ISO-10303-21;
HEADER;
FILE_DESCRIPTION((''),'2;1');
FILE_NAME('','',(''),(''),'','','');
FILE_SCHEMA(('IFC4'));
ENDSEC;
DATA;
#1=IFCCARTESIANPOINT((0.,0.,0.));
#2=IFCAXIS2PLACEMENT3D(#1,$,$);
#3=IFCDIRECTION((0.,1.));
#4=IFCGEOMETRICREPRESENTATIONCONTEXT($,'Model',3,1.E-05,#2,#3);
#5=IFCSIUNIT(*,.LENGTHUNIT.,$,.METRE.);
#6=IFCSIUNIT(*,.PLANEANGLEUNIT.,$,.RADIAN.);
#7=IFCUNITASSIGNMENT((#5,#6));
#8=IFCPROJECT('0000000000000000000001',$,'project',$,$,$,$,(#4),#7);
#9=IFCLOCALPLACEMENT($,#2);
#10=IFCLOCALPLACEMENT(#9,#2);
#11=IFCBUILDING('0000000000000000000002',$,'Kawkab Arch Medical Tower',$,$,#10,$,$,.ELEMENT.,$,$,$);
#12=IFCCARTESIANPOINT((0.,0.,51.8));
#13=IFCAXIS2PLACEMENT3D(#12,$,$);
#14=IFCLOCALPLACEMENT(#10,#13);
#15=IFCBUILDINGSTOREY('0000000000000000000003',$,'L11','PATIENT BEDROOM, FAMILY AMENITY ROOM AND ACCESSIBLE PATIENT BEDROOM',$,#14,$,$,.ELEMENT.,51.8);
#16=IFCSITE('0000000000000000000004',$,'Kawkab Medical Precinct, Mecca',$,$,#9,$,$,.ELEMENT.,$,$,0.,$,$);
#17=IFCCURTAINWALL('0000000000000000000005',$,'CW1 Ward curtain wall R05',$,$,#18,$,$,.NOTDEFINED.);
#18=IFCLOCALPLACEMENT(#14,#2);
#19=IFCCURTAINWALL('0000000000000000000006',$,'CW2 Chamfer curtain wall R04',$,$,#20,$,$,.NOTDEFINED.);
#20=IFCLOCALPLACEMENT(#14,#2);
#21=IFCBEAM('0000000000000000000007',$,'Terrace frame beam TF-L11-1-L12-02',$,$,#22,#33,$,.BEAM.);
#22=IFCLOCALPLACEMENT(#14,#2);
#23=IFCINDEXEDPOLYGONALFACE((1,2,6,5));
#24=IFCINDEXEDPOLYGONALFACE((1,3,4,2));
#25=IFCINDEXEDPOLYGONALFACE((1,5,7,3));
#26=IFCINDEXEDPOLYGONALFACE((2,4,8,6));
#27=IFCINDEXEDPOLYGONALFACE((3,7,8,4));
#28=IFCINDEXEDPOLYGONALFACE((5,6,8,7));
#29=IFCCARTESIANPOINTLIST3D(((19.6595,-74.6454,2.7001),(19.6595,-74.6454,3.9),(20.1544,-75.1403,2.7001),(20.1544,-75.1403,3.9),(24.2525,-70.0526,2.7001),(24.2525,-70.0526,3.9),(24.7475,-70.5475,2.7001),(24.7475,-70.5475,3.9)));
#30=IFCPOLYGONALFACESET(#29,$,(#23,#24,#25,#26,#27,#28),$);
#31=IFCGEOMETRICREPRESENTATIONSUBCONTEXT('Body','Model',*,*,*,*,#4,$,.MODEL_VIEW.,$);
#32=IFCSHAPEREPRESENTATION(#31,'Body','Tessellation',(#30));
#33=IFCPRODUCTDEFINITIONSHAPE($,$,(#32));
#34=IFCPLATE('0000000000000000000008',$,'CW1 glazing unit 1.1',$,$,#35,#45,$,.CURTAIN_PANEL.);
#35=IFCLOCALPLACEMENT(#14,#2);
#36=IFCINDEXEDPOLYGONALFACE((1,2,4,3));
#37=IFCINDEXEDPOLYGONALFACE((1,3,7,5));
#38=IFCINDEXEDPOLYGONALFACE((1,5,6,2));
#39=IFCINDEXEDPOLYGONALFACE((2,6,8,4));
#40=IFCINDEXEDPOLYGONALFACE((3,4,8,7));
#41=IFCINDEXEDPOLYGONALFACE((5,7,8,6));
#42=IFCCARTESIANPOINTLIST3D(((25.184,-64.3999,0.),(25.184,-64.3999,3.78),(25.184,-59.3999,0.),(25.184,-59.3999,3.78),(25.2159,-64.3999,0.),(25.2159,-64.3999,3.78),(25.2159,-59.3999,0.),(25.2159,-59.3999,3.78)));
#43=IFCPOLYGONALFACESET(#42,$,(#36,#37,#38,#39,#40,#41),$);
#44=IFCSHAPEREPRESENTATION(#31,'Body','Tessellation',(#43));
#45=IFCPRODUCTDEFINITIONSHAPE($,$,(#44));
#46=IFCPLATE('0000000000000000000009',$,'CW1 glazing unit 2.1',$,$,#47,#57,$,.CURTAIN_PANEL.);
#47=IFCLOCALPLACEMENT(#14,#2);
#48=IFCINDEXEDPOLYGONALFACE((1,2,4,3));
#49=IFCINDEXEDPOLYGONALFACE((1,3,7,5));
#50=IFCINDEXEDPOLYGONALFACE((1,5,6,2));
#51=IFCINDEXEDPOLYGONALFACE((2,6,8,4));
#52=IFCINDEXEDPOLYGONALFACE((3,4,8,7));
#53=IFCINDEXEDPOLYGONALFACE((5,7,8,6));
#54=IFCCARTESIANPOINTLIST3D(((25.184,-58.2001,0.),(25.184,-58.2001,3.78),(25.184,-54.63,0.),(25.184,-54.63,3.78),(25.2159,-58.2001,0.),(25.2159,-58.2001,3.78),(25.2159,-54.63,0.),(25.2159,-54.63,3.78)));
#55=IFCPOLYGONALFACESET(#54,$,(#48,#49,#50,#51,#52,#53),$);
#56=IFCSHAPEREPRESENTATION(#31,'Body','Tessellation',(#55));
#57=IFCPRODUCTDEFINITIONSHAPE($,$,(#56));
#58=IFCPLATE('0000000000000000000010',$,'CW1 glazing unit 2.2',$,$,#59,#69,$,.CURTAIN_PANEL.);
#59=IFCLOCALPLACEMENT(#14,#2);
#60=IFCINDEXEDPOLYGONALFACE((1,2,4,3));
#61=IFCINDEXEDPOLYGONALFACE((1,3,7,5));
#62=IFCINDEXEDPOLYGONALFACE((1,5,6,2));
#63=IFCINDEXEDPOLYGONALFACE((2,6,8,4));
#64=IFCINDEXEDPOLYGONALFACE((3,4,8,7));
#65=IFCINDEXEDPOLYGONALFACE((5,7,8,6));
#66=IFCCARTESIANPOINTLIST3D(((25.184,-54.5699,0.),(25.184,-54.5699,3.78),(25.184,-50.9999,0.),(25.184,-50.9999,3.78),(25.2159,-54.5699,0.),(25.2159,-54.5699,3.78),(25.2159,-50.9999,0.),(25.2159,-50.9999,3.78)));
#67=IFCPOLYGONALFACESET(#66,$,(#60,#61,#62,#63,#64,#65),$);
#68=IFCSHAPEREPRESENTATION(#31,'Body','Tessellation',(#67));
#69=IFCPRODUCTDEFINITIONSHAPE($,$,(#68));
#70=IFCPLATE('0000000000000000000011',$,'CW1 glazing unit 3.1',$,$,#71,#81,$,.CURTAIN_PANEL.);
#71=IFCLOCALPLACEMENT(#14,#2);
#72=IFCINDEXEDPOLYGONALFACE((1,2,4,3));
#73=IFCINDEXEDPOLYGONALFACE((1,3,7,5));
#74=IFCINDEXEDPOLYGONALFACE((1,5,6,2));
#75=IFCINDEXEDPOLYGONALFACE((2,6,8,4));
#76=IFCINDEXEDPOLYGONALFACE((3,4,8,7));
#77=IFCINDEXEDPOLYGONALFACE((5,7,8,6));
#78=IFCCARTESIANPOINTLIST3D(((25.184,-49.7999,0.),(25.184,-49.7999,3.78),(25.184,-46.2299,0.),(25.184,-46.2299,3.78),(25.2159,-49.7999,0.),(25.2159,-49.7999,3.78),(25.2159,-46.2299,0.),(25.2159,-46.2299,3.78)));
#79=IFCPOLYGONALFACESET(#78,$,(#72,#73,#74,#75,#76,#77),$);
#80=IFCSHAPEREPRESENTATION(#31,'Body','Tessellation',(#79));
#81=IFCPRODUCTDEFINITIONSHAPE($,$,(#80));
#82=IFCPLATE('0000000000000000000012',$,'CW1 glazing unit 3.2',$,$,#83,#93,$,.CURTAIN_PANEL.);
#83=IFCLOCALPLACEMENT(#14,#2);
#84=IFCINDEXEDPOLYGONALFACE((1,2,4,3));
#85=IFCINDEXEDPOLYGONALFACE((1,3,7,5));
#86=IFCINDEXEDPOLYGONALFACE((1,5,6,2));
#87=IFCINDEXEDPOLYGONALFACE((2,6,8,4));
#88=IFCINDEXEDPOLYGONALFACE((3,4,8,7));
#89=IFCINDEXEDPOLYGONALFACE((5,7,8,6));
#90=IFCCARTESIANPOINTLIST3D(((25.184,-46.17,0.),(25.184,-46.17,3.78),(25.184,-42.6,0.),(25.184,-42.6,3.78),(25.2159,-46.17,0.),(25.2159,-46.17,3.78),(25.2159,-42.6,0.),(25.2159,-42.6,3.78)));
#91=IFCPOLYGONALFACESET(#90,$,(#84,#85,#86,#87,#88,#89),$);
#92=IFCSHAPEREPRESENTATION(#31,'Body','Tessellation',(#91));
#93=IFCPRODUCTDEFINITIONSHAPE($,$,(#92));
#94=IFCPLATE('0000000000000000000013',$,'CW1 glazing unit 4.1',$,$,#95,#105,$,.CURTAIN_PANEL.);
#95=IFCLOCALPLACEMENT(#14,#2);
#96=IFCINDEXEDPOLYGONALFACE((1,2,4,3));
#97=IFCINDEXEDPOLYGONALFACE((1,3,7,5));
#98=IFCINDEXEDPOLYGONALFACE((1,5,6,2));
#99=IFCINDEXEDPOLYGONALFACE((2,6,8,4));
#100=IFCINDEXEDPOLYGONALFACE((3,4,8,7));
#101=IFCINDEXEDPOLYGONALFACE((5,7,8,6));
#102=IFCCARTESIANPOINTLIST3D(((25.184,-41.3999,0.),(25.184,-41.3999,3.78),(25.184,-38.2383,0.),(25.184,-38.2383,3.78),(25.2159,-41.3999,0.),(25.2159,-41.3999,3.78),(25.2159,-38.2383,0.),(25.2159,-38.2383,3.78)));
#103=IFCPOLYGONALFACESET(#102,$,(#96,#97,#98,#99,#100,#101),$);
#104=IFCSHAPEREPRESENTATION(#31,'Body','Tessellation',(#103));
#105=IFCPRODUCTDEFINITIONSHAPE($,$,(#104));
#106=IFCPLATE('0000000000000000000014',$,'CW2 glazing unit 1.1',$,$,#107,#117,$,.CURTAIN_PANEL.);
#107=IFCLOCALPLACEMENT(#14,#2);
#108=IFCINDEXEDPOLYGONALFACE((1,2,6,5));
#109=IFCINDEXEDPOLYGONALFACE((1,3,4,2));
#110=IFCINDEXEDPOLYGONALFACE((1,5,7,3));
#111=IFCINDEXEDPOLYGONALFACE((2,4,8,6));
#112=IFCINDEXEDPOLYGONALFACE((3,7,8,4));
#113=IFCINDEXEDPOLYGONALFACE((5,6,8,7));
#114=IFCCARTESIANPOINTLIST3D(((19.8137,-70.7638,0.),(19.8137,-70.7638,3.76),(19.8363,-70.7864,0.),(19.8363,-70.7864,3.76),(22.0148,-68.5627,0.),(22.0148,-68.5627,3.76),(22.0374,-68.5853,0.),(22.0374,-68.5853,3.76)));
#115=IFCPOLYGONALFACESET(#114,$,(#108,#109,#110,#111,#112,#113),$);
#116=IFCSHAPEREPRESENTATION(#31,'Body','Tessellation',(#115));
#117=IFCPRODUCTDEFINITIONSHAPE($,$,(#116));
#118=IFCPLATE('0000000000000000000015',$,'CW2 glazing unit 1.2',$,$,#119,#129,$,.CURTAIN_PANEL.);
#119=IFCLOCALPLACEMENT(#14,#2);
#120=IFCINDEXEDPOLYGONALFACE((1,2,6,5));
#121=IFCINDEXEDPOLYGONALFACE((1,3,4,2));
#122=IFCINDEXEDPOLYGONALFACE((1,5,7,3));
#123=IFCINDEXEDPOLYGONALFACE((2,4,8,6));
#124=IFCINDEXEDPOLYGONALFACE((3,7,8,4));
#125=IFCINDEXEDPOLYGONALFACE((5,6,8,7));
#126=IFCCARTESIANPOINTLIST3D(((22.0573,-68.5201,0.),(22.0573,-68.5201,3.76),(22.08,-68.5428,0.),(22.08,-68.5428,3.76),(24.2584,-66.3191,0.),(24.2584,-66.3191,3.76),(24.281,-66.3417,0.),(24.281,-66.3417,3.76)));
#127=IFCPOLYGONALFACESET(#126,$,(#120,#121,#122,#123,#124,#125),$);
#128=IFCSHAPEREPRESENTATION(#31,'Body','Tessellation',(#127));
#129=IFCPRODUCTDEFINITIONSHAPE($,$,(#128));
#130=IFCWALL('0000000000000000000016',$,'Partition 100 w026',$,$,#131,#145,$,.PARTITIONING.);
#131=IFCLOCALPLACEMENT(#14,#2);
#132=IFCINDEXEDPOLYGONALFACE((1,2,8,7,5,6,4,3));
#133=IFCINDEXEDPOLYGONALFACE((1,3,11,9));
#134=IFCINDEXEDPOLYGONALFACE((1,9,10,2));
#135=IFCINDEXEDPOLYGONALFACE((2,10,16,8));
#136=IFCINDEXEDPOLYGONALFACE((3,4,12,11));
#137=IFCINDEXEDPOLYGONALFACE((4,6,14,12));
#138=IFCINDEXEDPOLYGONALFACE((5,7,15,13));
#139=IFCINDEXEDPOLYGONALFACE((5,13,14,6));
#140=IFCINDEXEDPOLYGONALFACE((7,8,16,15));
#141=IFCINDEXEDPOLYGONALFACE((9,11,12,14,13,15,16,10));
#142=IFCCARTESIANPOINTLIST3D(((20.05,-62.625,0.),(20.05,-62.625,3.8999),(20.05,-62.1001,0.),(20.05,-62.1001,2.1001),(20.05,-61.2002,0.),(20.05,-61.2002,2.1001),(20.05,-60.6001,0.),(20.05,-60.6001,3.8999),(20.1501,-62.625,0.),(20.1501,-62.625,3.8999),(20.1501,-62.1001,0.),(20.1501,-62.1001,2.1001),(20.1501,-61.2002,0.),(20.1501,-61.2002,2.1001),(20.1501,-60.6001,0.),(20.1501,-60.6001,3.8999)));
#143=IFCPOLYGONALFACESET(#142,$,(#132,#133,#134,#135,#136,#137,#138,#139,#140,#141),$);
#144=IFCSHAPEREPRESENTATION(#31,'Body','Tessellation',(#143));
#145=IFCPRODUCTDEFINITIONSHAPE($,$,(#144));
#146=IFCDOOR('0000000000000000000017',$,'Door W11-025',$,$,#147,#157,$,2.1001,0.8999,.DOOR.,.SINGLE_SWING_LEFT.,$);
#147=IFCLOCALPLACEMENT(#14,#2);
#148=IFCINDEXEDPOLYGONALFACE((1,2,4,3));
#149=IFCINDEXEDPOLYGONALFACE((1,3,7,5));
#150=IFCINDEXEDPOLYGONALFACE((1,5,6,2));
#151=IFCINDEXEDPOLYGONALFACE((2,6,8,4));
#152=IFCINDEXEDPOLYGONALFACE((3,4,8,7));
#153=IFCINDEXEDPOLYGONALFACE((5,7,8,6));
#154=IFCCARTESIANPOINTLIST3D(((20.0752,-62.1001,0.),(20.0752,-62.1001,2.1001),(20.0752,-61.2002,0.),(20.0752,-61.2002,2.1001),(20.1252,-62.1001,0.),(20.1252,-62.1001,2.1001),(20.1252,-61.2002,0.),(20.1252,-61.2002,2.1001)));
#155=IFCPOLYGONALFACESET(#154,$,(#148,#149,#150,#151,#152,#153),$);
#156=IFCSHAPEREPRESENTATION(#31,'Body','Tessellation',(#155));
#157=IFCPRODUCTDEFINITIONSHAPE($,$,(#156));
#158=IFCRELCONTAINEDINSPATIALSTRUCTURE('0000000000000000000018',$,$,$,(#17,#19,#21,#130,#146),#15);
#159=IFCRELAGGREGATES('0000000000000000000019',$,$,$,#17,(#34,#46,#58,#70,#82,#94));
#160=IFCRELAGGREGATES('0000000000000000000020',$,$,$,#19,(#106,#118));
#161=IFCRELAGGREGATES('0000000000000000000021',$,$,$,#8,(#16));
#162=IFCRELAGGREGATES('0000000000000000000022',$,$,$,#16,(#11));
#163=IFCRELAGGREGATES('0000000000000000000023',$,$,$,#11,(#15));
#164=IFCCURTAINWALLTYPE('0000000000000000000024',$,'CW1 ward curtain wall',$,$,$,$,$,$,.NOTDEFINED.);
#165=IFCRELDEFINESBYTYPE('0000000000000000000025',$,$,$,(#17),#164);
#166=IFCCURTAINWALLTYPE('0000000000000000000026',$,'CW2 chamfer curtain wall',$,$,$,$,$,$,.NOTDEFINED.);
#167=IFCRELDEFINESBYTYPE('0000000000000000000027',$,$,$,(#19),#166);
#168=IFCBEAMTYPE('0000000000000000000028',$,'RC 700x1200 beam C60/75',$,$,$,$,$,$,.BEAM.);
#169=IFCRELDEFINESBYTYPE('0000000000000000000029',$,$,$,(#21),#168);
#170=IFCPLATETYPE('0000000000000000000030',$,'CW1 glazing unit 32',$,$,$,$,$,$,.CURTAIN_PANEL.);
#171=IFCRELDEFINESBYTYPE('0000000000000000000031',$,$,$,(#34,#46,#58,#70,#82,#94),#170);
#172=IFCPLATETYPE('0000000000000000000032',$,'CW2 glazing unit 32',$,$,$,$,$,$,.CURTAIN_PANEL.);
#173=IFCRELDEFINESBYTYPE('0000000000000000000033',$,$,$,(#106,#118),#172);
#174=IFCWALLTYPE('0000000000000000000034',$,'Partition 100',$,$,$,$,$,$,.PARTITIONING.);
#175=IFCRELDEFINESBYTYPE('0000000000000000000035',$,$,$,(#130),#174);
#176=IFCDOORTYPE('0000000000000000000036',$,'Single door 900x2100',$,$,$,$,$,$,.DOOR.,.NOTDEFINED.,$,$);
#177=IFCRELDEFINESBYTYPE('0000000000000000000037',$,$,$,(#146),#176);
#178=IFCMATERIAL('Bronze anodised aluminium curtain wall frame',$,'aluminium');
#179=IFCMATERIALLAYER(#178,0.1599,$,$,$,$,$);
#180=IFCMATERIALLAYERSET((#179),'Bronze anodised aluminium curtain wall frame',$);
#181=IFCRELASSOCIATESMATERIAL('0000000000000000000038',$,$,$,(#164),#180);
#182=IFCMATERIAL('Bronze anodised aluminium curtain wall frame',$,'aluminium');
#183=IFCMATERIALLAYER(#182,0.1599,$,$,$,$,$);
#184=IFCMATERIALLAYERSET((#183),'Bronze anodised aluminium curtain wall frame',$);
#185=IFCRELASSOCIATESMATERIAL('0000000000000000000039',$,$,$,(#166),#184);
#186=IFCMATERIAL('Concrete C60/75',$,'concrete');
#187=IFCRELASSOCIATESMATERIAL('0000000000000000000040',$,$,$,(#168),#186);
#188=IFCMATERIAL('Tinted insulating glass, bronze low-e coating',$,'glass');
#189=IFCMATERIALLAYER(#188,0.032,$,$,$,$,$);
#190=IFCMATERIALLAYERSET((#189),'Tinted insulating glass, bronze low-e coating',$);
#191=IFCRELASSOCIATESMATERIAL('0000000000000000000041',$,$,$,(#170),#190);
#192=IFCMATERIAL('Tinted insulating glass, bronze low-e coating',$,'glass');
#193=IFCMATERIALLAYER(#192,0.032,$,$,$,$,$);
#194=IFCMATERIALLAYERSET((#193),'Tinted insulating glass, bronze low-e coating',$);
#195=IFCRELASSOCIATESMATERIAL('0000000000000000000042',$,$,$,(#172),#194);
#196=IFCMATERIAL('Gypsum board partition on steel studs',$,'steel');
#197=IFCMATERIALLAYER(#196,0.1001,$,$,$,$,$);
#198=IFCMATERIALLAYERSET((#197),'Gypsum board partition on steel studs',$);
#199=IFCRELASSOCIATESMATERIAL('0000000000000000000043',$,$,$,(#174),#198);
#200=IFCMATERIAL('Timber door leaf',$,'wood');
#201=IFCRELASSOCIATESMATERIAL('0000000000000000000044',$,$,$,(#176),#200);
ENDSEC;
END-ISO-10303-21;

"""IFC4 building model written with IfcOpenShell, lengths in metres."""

from ifc_helpers import new_model, si_unit, direction, frame, frame_2d, origin, origin_2d, place, context, subcontext, project, spatial, rectangle, extrude, material, layer, layer_set, material_profile, profile_set, type_object, element, fill, aggregate, save


model = new_model("IFC4")

# Units and contexts
model_context = context("Model", 3, precision=1e-05, world=origin(), true_north=direction((0.0, 1.0)))
body_context = subcontext(model_context, "Body", "Model", "MODEL_VIEW")
ifc_project = project(units=[si_unit("LENGTHUNIT", "METRE"), si_unit("PLANEANGLEUNIT", "RADIAN")], contexts=[model_context])

# Site, building, storey
site_placement = place(None, origin())
site = spatial("IfcSite", under=ifc_project, at=site_placement, Name="Kawkab Medical Precinct, Mecca", CompositionType="ELEMENT", RefElevation=0.0)
building_placement = place(site_placement, origin())
building = spatial("IfcBuilding", under=site, at=building_placement, Name="Kawkab Arch Medical Tower", CompositionType="ELEMENT")
storey_placement = place(building_placement, frame((0.0, 0.0, 51.8)))
storey = spatial("IfcBuildingStorey", under=building, at=storey_placement, Name="L11", Description="PATIENT BEDROOM, FAMILY AMENITY ROOM AND ACCESSIBLE PATIENT BEDROOM", CompositionType="ELEMENT", Elevation=51.8)

# Curtain wall
ifc_material_1 = material(Name="Bronze anodised aluminium curtain wall frame", Category="aluminium")
ifc_layer_1 = layer(ifc_material_1, 0.1599)
ifc_layer_set_1 = layer_set([ifc_layer_1], Name="Bronze anodised aluminium curtain wall frame")
curtain_wall_type_1 = type_object("IfcCurtainWallType", Name="CW1 ward curtain wall", PredefinedType="NOTDEFINED", material=ifc_layer_set_1)
placement = place(storey_placement, origin())
curtain_wall_1 = element("IfcCurtainWall", 1, at=placement, inside=storey, type_object=curtain_wall_type_1, Name="CW1 Ward curtain wall R05", PredefinedType="NOTDEFINED")

# Curtain wall
ifc_material_2 = material(Name="Bronze anodised aluminium curtain wall frame", Category="aluminium")
ifc_layer_2 = layer(ifc_material_2, 0.1599)
ifc_layer_set_2 = layer_set([ifc_layer_2], Name="Bronze anodised aluminium curtain wall frame")
curtain_wall_type_2 = type_object("IfcCurtainWallType", Name="CW2 chamfer curtain wall", PredefinedType="NOTDEFINED", material=ifc_layer_set_2)
curtain_wall_2 = element("IfcCurtainWall", 2, at=placement, inside=storey, type_object=curtain_wall_type_2, Name="CW2 Chamfer curtain wall R04", PredefinedType="NOTDEFINED")

# Beam
ifc_material_3 = material(Name="Concrete C60/75", Category="concrete")
ifc_material_profile_1 = material_profile(ifc_material_3, rectangle(XDim=0.7, YDim=1.2, at=origin_2d()), Name="RC 700x1200")
ifc_profile_set_1 = profile_set([ifc_material_profile_1], Name="Concrete C60/75")
beam_type = type_object("IfcBeamType", Name="RC 700x1200 beam C60/75", PredefinedType="BEAM", material=ifc_profile_set_1)
beam_1_placement = place(storey_placement, frame((24.5, -70.3, 3.3), z_axis=(-0.707126, -0.707088, 0.0), x_axis=(0.707088, -0.707126, 0.0)))
element("IfcBeam", 3, at=beam_1_placement, inside=storey, type_object=beam_type, Name="Terrace frame beam TF-L11-1-L12-02", PredefinedType="BEAM", context=body_context, shape_type="SweptSolid", body=[
    extrude(rectangle(XDim=0.7, YDim=1.2, at=origin_2d()), origin(), (0.0, 0.0, 1.0), 6.4954),
])

# Plates
ifc_material_4 = material(Name="Tinted insulating glass, bronze low-e coating", Category="glass")
ifc_layer_3 = layer(ifc_material_4, 0.032)
ifc_layer_set_3 = layer_set([ifc_layer_3], Name="Tinted insulating glass, bronze low-e coating")
plate_type_1 = type_object("IfcPlateType", Name="CW1 glazing unit 32", PredefinedType="CURTAIN_PANEL", material=ifc_layer_set_3)
plate_1_placement = place(storey_placement, frame((25.2, -61.8999, 0.0), z_axis=(0.0, 0.0, 1.0), x_axis=(0.0, 1.0, 0.0)))
plate_1 = element("IfcPlate", 4, at=plate_1_placement, type_object=plate_type_1, Name="CW1 glazing unit 1.1", PredefinedType="CURTAIN_PANEL", context=body_context, shape_type="SweptSolid", body=[
    extrude(rectangle(XDim=5.0, YDim=0.032, at=origin_2d()), origin(), (0.0, 0.0, 1.0), 3.78),
])
plate_2_placement = place(storey_placement, frame((25.2, -56.415, 0.0), z_axis=(0.0, 0.0, 1.0), x_axis=(0.0, 1.0, 0.0)))
plate_2 = element("IfcPlate", 5, at=plate_2_placement, type_object=plate_type_1, Name="CW1 glazing unit 2.1", PredefinedType="CURTAIN_PANEL", context=body_context, shape_type="SweptSolid", body=[
    extrude(rectangle(XDim=3.5701, YDim=0.032, at=origin_2d()), origin(), (0.0, 0.0, 1.0), 3.78),
])
plate_3_placement = place(storey_placement, frame((25.2, -52.7849, 0.0), z_axis=(0.0, 0.0, 1.0), x_axis=(0.0, 1.0, 0.0)))
plate_3 = element("IfcPlate", 6, at=plate_3_placement, type_object=plate_type_1, Name="CW1 glazing unit 2.2", PredefinedType="CURTAIN_PANEL", context=body_context, shape_type="SweptSolid", body=[
    extrude(rectangle(XDim=3.5701, YDim=0.032, at=origin_2d()), origin(), (0.0, 0.0, 1.0), 3.78),
])
plate_4_placement = place(storey_placement, frame((25.2, -48.0149, 0.0), z_axis=(0.0, 0.0, 1.0), x_axis=(0.0, 1.0, 0.0)))
plate_4 = element("IfcPlate", 7, at=plate_4_placement, type_object=plate_type_1, Name="CW1 glazing unit 3.1", PredefinedType="CURTAIN_PANEL", context=body_context, shape_type="SweptSolid", body=[
    extrude(rectangle(XDim=3.5701, YDim=0.032, at=origin_2d()), origin(), (0.0, 0.0, 1.0), 3.78),
])
plate_5_placement = place(storey_placement, frame((25.2, -44.385, 0.0), z_axis=(0.0, 0.0, 1.0), x_axis=(0.0, 1.0, 0.0)))
plate_5 = element("IfcPlate", 8, at=plate_5_placement, type_object=plate_type_1, Name="CW1 glazing unit 3.2", PredefinedType="CURTAIN_PANEL", context=body_context, shape_type="SweptSolid", body=[
    extrude(rectangle(XDim=3.5701, YDim=0.032, at=origin_2d()), origin(), (0.0, 0.0, 1.0), 3.78),
])
plate_6_placement = place(storey_placement, frame((25.2, -39.8191, 0.0), z_axis=(0.0, 0.0, 1.0), x_axis=(0.0, 1.0, 0.0)))
plate_6 = element("IfcPlate", 9, at=plate_6_placement, type_object=plate_type_1, Name="CW1 glazing unit 4.1", PredefinedType="CURTAIN_PANEL", context=body_context, shape_type="SweptSolid", body=[
    extrude(rectangle(XDim=3.1616, YDim=0.032, at=origin_2d()), origin(), (0.0, 0.0, 1.0), 3.78),
])
aggregate(curtain_wall_1, [plate_1, plate_2, plate_3, plate_4, plate_5, plate_6])
ifc_material_5 = material(Name="Tinted insulating glass, bronze low-e coating", Category="glass")
ifc_layer_4 = layer(ifc_material_5, 0.032)
ifc_layer_set_4 = layer_set([ifc_layer_4], Name="Tinted insulating glass, bronze low-e coating")
plate_type_2 = type_object("IfcPlateType", Name="CW2 glazing unit 32", PredefinedType="CURTAIN_PANEL", material=ifc_layer_set_4)
plate_7_placement = place(storey_placement, frame((20.9255, -69.6746, 0.0), z_axis=(0.0, 0.0, 1.0), x_axis=(0.707107, 0.707107, 0.0)))
plate_7 = element("IfcPlate", 10, at=plate_7_placement, type_object=plate_type_2, Name="CW2 glazing unit 1.1", PredefinedType="CURTAIN_PANEL", context=body_context, shape_type="SweptSolid", body=[
    extrude(rectangle(XDim=3.1128, YDim=0.032, at=origin_2d()), origin(), (0.0, 0.0, 1.0), 3.76),
])
plate_8_placement = place(storey_placement, frame((23.1692, -67.4309, 0.0), z_axis=(0.0, 0.0, 1.0), x_axis=(0.707107, 0.707107, 0.0)))
plate_8 = element("IfcPlate", 11, at=plate_8_placement, type_object=plate_type_2, Name="CW2 glazing unit 1.2", PredefinedType="CURTAIN_PANEL", context=body_context, shape_type="SweptSolid", body=[
    extrude(rectangle(XDim=3.1128, YDim=0.032, at=origin_2d()), origin(), (0.0, 0.0, 1.0), 3.76),
])
aggregate(curtain_wall_2, [plate_7, plate_8])

# Wall, opening, door
ifc_material_6 = material(Name="Gypsum board partition on steel studs", Category="steel")
ifc_layer_5 = layer(ifc_material_6, 0.1001)
ifc_layer_set_5 = layer_set([ifc_layer_5], Name="Gypsum board partition on steel studs")
wall_type = type_object("IfcWallType", Name="Partition 100", PredefinedType="PARTITIONING", material=ifc_layer_set_5)
wall_placement = place(storey_placement, frame((20.1001, -62.625, 0.0), z_axis=(0.0, 0.0, 1.0), x_axis=(0.0, 1.0, 0.0)))
wall = element("IfcWall", 12, at=wall_placement, inside=storey, type_object=wall_type, Name="Partition 100 w026", PredefinedType="PARTITIONING", context=body_context, shape_type="SweptSolid", body=[
    extrude(rectangle(XDim=2.0249, YDim=0.1001, at=frame_2d((1.0125, 0.0))), origin(), (0.0, 0.0, 1.0), 3.8999),
])
opening_placement = place(wall_placement, frame((0.5249, 0.0, 0.0)))
opening = element("IfcOpeningElement", 13, at=opening_placement, cuts=wall, PredefinedType="OPENING", context=body_context, shape_type="SweptSolid", body=[
    extrude(rectangle(XDim=0.8999, YDim=2.1001, at=frame_2d((0.45, 1.05))), frame((0.0, 0.0601, 0.0), z_axis=(0.0, -1.0, 0.0), x_axis=(1.0, 0.0, 0.0)), (0.0, 0.0, 1.0), 0.1201),
])
ifc_material_7 = material(Name="Timber door leaf", Category="wood")
door_type = type_object("IfcDoorType", Name="Single door 900x2100", OperationType="NOTDEFINED", PredefinedType="DOOR", material=ifc_material_7)
door_placement = place(opening_placement, origin())
door = element("IfcDoor", 14, at=door_placement, inside=storey, type_object=door_type, Name="Door W11-025", OperationType="SINGLE_SWING_LEFT", OverallHeight=2.1001, OverallWidth=0.8999, PredefinedType="DOOR", context=body_context, shape_type="SweptSolid", body=[
    extrude(rectangle(XDim=0.8999, YDim=2.1001, at=frame_2d((0.45, 1.05))), frame((0.0, 0.0249, 0.0), z_axis=(0.0, -1.0, 0.0), x_axis=(1.0, 0.0, 0.0)), (0.0, 0.0, 1.0), 0.05),
])
fill(opening, door)

save(model, "model.ifc")
